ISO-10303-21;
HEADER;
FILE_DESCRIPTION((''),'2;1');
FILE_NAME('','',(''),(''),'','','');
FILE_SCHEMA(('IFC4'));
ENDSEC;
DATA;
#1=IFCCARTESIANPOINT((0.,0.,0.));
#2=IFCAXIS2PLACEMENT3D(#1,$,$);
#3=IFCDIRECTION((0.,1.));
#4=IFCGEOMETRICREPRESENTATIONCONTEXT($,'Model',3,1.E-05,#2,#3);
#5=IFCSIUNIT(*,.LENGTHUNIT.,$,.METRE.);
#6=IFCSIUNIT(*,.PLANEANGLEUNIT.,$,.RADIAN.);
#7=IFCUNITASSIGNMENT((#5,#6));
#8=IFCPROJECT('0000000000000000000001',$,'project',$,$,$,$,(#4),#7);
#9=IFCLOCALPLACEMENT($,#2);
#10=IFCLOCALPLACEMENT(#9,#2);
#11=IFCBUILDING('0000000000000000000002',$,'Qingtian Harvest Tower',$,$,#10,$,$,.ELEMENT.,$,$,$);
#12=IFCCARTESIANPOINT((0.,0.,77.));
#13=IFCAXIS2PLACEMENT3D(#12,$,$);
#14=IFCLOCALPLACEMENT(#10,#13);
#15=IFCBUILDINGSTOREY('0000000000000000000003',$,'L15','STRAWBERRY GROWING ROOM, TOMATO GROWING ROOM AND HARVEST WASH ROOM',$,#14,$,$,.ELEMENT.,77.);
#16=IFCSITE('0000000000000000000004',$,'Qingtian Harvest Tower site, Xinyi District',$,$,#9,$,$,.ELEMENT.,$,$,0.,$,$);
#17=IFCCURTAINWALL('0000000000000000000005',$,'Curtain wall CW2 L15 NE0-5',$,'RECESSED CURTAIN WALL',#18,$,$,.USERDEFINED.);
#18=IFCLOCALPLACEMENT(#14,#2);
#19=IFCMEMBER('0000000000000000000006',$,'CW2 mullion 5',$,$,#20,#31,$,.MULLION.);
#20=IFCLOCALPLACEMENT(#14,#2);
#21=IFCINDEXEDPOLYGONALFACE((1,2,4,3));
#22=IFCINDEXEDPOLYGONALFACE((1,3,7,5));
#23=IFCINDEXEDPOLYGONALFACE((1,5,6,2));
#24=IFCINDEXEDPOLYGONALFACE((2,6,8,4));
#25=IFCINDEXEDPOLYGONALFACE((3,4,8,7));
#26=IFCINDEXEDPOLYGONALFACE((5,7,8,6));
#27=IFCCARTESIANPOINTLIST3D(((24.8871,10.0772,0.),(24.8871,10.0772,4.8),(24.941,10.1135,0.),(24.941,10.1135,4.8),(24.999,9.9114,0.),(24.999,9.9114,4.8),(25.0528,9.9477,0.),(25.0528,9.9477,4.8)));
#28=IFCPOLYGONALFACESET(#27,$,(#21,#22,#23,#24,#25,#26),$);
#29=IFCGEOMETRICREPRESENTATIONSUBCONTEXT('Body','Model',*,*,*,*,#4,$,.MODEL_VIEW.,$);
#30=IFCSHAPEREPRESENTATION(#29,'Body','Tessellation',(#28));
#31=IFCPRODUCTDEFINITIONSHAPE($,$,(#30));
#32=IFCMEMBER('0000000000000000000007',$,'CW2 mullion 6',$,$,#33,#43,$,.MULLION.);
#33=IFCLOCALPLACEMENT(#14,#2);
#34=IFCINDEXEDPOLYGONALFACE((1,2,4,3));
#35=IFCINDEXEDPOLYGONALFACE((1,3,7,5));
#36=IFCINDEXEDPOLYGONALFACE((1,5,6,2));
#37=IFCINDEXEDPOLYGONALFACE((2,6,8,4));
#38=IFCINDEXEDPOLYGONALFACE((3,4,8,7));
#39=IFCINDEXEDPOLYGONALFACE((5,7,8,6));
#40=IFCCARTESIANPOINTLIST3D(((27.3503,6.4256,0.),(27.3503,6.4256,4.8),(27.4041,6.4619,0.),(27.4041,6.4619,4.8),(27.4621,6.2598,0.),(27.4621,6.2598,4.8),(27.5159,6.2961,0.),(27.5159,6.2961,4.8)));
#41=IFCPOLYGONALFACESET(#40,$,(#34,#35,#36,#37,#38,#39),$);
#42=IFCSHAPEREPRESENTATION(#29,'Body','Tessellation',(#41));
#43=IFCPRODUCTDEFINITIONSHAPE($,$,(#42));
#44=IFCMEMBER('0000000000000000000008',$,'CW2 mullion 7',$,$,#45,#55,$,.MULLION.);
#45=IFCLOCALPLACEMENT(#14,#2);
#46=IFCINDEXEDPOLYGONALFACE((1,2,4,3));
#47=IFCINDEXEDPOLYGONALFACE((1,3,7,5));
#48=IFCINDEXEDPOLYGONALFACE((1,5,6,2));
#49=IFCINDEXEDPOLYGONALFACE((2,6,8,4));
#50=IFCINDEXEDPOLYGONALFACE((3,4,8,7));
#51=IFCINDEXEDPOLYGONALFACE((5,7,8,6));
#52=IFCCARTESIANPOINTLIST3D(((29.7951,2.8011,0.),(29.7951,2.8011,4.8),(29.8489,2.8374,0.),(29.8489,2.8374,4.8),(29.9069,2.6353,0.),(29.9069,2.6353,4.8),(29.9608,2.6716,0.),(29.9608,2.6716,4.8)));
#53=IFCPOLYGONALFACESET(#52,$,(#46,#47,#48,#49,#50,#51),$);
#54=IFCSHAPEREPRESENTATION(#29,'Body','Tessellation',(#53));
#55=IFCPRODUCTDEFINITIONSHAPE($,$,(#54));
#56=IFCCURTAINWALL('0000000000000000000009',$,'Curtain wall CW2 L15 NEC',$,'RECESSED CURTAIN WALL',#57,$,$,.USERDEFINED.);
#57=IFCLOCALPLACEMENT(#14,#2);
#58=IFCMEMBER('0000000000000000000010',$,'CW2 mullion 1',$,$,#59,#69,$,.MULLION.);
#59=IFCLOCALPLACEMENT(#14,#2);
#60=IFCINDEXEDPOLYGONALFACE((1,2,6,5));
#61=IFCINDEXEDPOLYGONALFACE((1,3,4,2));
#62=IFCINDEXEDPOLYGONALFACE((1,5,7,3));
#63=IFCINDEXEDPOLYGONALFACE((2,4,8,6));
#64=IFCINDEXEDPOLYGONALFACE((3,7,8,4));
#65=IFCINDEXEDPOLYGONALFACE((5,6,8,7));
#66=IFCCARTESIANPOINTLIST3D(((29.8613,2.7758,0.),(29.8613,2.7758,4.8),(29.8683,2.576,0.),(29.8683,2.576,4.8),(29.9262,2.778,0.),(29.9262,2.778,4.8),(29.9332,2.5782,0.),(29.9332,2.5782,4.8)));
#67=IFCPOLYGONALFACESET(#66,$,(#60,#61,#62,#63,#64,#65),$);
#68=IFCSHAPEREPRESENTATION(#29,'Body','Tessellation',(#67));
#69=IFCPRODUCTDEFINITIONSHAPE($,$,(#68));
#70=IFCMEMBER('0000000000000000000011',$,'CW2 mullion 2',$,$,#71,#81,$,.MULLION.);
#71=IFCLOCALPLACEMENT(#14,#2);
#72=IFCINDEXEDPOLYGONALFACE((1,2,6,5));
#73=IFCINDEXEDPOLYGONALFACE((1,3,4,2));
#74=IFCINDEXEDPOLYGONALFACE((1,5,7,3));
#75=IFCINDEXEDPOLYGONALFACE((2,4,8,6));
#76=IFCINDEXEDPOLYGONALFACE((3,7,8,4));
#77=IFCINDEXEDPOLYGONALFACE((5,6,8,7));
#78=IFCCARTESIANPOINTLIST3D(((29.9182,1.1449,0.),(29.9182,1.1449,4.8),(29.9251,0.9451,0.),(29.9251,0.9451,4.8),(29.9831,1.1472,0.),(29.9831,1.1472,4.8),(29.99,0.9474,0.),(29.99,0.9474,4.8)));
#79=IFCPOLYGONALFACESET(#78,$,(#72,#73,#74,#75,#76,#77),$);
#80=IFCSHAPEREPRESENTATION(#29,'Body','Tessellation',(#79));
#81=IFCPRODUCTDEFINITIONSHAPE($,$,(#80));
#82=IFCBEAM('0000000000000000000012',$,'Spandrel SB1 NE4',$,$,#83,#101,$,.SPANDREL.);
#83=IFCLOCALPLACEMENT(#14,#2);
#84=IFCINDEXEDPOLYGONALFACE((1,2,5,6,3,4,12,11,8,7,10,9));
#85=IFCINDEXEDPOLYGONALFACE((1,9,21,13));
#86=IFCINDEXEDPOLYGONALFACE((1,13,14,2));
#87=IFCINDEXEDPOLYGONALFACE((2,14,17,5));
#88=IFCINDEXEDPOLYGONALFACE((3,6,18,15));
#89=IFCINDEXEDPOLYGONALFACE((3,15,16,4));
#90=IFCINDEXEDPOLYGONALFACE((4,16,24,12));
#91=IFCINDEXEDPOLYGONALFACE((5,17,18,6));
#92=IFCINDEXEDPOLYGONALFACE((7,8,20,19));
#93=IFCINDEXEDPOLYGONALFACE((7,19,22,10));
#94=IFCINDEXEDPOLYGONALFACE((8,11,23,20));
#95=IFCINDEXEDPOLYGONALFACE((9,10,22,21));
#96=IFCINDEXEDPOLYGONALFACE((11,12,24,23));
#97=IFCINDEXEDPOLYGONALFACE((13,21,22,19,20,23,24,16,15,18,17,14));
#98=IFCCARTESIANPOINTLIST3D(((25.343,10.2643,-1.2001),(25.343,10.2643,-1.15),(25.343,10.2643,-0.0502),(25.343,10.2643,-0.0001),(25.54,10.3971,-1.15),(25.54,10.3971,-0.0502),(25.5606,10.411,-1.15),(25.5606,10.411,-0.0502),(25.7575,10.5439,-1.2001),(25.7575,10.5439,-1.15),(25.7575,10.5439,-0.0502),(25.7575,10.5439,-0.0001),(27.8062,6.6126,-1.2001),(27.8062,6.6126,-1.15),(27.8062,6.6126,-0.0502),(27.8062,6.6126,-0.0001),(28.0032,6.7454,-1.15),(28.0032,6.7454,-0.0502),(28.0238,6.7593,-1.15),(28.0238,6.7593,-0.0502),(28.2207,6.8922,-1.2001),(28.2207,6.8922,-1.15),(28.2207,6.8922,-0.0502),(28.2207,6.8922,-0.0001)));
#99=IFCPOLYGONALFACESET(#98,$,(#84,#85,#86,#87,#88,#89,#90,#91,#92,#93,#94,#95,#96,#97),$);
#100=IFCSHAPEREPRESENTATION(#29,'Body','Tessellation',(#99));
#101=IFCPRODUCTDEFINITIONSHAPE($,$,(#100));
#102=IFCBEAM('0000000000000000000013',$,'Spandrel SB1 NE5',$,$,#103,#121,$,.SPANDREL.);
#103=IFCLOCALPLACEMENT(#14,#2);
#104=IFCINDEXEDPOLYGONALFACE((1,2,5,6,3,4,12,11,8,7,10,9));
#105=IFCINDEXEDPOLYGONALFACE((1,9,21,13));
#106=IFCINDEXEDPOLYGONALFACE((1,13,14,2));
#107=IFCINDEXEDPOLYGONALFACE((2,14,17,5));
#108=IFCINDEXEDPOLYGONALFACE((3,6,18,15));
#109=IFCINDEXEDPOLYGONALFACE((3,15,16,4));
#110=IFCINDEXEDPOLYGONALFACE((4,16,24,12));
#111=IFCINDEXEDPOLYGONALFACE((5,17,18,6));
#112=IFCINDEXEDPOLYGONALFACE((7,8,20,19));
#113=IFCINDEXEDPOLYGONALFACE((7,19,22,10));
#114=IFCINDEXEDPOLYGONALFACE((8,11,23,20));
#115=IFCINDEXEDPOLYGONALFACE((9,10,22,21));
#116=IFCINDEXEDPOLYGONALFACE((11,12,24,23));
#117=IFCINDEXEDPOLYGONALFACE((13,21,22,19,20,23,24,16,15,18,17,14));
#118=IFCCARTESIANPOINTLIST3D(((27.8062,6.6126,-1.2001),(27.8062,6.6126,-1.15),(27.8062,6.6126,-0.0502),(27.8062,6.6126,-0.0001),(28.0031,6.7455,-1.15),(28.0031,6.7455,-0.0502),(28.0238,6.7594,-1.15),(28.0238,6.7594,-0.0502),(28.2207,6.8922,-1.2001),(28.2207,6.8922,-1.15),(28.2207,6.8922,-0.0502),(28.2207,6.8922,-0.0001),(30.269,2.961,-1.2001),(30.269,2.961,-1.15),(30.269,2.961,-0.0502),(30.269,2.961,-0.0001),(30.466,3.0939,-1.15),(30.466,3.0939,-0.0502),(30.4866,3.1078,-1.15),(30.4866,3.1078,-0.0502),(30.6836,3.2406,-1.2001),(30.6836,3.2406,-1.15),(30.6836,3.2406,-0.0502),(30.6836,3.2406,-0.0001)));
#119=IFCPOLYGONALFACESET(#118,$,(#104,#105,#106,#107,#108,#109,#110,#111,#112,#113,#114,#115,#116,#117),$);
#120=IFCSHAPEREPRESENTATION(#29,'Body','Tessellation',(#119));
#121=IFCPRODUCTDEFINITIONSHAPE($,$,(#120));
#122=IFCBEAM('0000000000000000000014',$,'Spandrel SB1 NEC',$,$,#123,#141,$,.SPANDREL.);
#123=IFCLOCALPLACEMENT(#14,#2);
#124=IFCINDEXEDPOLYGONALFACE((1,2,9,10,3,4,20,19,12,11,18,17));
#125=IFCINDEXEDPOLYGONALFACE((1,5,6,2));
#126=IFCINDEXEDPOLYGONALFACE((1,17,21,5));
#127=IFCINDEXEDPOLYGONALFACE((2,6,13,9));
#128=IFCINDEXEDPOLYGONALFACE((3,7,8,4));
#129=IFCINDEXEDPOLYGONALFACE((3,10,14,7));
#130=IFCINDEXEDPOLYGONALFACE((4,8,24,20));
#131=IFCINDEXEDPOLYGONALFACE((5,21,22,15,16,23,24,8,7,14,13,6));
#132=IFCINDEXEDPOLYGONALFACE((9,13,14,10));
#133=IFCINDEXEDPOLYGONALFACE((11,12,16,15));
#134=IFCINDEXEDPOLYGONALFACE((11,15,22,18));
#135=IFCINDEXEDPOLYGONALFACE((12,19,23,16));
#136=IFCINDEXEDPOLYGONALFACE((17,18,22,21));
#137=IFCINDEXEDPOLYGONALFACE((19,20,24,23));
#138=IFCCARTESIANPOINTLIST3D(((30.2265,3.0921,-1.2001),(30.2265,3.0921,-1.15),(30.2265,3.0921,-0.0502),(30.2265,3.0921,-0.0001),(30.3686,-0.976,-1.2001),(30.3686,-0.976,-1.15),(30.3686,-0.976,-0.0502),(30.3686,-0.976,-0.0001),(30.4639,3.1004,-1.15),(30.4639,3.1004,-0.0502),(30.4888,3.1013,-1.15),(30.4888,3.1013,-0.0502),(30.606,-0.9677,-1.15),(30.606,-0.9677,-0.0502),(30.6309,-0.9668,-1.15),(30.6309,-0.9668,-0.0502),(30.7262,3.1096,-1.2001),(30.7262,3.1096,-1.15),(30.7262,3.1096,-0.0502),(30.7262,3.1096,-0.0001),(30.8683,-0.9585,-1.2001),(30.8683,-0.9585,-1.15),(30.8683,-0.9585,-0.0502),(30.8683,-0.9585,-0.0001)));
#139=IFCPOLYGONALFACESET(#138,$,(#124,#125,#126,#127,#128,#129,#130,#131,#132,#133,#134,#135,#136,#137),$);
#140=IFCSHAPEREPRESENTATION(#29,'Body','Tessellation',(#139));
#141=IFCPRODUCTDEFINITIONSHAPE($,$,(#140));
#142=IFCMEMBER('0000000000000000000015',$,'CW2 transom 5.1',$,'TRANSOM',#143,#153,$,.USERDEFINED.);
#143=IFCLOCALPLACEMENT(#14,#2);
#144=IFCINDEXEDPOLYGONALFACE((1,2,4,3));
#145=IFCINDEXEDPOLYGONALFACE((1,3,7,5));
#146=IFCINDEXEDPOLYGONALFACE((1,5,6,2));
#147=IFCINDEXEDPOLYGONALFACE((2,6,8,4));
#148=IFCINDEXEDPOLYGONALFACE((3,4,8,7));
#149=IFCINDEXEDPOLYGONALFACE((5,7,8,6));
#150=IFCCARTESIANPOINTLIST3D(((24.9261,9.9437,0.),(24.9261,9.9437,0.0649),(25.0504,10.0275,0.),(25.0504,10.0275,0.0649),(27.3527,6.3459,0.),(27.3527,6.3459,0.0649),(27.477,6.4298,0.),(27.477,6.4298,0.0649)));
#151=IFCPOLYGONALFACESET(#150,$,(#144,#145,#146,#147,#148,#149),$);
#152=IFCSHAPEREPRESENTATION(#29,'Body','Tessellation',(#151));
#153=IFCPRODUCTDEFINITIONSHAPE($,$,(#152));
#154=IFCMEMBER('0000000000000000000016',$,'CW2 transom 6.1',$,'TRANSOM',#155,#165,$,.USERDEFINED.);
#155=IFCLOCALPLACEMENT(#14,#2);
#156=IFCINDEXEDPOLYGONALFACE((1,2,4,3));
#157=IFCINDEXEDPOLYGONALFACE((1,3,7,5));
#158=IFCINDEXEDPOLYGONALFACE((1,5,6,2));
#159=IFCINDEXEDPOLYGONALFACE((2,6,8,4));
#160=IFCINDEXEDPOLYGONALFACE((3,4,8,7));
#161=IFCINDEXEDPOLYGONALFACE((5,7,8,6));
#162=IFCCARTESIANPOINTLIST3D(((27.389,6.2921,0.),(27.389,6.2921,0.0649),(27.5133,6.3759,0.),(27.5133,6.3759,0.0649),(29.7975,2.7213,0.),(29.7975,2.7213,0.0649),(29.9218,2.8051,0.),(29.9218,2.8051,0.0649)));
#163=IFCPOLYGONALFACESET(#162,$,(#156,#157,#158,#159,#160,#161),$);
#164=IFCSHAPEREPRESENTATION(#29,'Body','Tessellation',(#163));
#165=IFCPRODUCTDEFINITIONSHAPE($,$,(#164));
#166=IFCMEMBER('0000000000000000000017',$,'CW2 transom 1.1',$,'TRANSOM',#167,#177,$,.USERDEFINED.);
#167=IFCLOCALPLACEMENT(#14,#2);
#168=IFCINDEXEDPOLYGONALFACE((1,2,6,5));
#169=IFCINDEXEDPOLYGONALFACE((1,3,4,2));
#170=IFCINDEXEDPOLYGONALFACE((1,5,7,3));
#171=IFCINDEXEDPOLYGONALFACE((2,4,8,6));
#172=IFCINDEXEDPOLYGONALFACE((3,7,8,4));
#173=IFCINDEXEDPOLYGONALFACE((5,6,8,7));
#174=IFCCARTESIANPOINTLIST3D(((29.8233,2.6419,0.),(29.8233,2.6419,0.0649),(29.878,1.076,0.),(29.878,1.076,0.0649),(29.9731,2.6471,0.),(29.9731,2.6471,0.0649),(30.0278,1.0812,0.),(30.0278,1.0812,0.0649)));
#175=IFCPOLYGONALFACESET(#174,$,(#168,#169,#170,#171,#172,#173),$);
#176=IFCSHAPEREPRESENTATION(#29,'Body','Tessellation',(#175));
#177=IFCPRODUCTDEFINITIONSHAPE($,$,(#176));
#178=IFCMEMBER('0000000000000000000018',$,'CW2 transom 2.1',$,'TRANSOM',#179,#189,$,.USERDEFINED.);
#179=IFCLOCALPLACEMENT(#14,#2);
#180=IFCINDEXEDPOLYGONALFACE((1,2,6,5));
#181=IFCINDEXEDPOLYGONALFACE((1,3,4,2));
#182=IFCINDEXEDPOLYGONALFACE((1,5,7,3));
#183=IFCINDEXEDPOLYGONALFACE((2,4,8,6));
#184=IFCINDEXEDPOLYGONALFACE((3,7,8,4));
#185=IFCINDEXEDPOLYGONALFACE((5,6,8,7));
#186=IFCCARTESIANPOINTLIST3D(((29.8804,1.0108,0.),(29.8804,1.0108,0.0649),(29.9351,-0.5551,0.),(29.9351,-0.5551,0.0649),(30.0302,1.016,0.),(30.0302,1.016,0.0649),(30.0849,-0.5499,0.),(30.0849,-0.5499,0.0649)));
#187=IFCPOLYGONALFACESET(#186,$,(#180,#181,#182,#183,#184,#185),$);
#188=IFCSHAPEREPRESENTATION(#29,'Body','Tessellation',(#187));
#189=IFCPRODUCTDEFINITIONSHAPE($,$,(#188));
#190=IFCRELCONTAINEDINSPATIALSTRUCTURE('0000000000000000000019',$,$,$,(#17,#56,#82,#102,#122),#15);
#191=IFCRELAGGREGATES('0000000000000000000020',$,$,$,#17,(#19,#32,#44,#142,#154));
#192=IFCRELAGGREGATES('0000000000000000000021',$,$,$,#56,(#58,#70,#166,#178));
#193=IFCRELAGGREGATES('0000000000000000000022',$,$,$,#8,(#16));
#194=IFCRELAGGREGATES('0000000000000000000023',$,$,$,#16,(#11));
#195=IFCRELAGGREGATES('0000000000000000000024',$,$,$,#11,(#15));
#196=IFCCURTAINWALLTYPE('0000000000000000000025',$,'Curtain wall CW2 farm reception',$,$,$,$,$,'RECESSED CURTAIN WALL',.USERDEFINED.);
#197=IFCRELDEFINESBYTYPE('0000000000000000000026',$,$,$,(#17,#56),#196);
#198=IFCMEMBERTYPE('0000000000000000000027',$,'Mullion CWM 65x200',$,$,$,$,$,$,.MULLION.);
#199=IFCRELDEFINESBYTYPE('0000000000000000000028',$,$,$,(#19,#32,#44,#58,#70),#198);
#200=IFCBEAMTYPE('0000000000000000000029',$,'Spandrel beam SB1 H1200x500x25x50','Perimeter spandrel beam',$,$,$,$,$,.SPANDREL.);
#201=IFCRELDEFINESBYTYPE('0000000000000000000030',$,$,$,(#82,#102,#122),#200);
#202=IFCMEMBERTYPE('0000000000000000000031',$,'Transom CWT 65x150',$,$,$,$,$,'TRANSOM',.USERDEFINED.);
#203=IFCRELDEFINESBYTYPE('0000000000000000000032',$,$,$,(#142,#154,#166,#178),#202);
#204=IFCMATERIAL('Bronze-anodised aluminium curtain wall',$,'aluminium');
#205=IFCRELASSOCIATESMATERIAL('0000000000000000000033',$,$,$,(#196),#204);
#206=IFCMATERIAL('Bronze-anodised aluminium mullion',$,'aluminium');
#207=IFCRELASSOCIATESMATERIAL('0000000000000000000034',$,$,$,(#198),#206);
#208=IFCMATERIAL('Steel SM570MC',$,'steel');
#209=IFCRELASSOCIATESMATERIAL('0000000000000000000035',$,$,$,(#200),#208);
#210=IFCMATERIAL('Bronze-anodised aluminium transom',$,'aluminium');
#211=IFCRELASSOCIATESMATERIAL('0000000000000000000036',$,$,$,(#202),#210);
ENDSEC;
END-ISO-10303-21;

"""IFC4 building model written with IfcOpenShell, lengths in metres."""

from ifc_helpers import new_model, si_unit, direction, frame, origin, origin_2d, place, context, subcontext, project, spatial, rectangle, i_section, extrude, material, material_profile, profile_set, type_object, element, aggregate, save


model = new_model("IFC4")

# Units and contexts
model_context = context("Model", 3, precision=1e-05, world=origin(), true_north=direction((0.0, 1.0)))
body_context = subcontext(model_context, "Body", "Model", "MODEL_VIEW")
ifc_project = project(units=[si_unit("LENGTHUNIT", "METRE"), si_unit("PLANEANGLEUNIT", "RADIAN")], contexts=[model_context])

# Site, building, storey
site_placement = place(None, origin())
site = spatial("IfcSite", under=ifc_project, at=site_placement, Name="Qingtian Harvest Tower site, Xinyi District", CompositionType="ELEMENT", RefElevation=0.0)
building_placement = place(site_placement, origin())
building = spatial("IfcBuilding", under=site, at=building_placement, Name="Qingtian Harvest Tower", CompositionType="ELEMENT")
storey_placement = place(building_placement, frame((0.0, 0.0, 77.0)))
storey = spatial("IfcBuildingStorey", under=building, at=storey_placement, Name="L15", Description="STRAWBERRY GROWING ROOM, TOMATO GROWING ROOM AND HARVEST WASH ROOM", CompositionType="ELEMENT", Elevation=77.0)

# Curtain walls, members
ifc_material_1 = material(Name="Bronze-anodised aluminium curtain wall", Category="aluminium")
curtain_wall_type = type_object("IfcCurtainWallType", Name="Curtain wall CW2 farm reception", ElementType="RECESSED CURTAIN WALL", PredefinedType="USERDEFINED", material=ifc_material_1)
curtain_wall_1_placement = place(storey_placement, origin())
curtain_wall_1 = element("IfcCurtainWall", 1, at=curtain_wall_1_placement, inside=storey, type_object=curtain_wall_type, Name="Curtain wall CW2 L15 NE0-5", ObjectType="RECESSED CURTAIN WALL", PredefinedType="USERDEFINED")
ifc_material_2 = material(Name="Bronze-anodised aluminium mullion", Category="aluminium")
ifc_material_profile_1 = material_profile(ifc_material_2, rectangle(XDim=0.0649, YDim=0.2, at=origin_2d()), Name="AL 65x200")
ifc_profile_set_1 = profile_set([ifc_material_profile_1], Name="Bronze-anodised aluminium mullion")
member_type_1 = type_object("IfcMemberType", Name="Mullion CWM 65x200", PredefinedType="MULLION", material=ifc_profile_set_1)
member_1_placement = place(storey_placement, frame((24.97, 10.0125, 0.0), z_axis=(0.0, 0.0, 1.0), x_axis=(0.829038, 0.559193, 0.0)))
member_1 = element("IfcMember", 2, at=member_1_placement, type_object=member_type_1, Name="CW2 mullion 5", PredefinedType="MULLION", context=body_context, shape_type="SweptSolid", body=[
    extrude(rectangle(XDim=0.0649, YDim=0.2, at=origin_2d()), origin(), (0.0, 0.0, 1.0), 4.8),
])
member_2_placement = place(storey_placement, frame((27.4331, 6.3608, 0.0), z_axis=(0.0, 0.0, 1.0), x_axis=(0.829038, 0.559193, 0.0)))
member_2 = element("IfcMember", 3, at=member_2_placement, type_object=member_type_1, Name="CW2 mullion 6", PredefinedType="MULLION", context=body_context, shape_type="SweptSolid", body=[
    extrude(rectangle(XDim=0.0649, YDim=0.2, at=origin_2d()), origin(), (0.0, 0.0, 1.0), 4.8),
])
member_3_placement = place(storey_placement, frame((29.8779, 2.7363, 0.0), z_axis=(0.0, 0.0, 1.0), x_axis=(0.829038, 0.559193, 0.0)))
member_3 = element("IfcMember", 4, at=member_3_placement, type_object=member_type_1, Name="CW2 mullion 7", PredefinedType="MULLION", context=body_context, shape_type="SweptSolid", body=[
    extrude(rectangle(XDim=0.0649, YDim=0.2, at=origin_2d()), origin(), (0.0, 0.0, 1.0), 4.8),
])
curtain_wall_2_placement = place(storey_placement, origin())
curtain_wall_2 = element("IfcCurtainWall", 5, at=curtain_wall_2_placement, inside=storey, type_object=curtain_wall_type, Name="Curtain wall CW2 L15 NEC", ObjectType="RECESSED CURTAIN WALL", PredefinedType="USERDEFINED")
member_4_placement = place(storey_placement, frame((29.8972, 2.677, 0.0), z_axis=(0.0, 0.0, 1.0), x_axis=(0.999391, 0.034899, 0.0)))
member_4 = element("IfcMember", 6, at=member_4_placement, type_object=member_type_1, Name="CW2 mullion 1", PredefinedType="MULLION", context=body_context, shape_type="SweptSolid", body=[
    extrude(rectangle(XDim=0.0649, YDim=0.2, at=origin_2d()), origin(), (0.0, 0.0, 1.0), 4.8),
])
member_5_placement = place(storey_placement, frame((29.9541, 1.0461, 0.0), z_axis=(0.0, 0.0, 1.0), x_axis=(0.999391, 0.034899, 0.0)))
member_5 = element("IfcMember", 7, at=member_5_placement, type_object=member_type_1, Name="CW2 mullion 2", PredefinedType="MULLION", context=body_context, shape_type="SweptSolid", body=[
    extrude(rectangle(XDim=0.0649, YDim=0.2, at=origin_2d()), origin(), (0.0, 0.0, 1.0), 4.8),
])

# Beams
ifc_material_3 = material(Name="Steel SM570MC", Category="steel")
ifc_material_profile_2 = material_profile(ifc_material_3, i_section(OverallWidth=0.5, OverallDepth=1.2, WebThickness=0.0249, FlangeThickness=0.05, at=origin_2d()), Name="H1200x500x25x50")
ifc_profile_set_2 = profile_set([ifc_material_profile_2], Name="Steel SM570MC")
beam_type_1 = type_object("IfcBeamType", Name="Spandrel beam SB1 H1200x500x25x50", Description="Perimeter spandrel beam", PredefinedType="SPANDREL", material=ifc_profile_set_2)
beam_1_placement = place(storey_placement, frame((25.5503, 10.4041, -0.6001), z_axis=(0.559207, -0.829028, 0.0), x_axis=(0.829028, 0.559207, 0.0)))
element("IfcBeam", 8, at=beam_1_placement, inside=storey, type_object=beam_type_1, Name="Spandrel SB1 NE4", PredefinedType="SPANDREL", context=body_context, shape_type="SweptSolid", body=[
    extrude(i_section(OverallWidth=0.5, OverallDepth=1.2, WebThickness=0.0249, FlangeThickness=0.05, at=origin_2d()), origin(), (0.0, 0.0, 1.0), 4.4048),
])
beam_2_placement = place(storey_placement, frame((28.0134, 6.7524, -0.6001), z_axis=(0.559169, -0.829054, 0.0), x_axis=(0.829054, 0.559169, 0.0)))
element("IfcBeam", 9, at=beam_2_placement, inside=storey, type_object=beam_type_1, Name="Spandrel SB1 NE5", PredefinedType="SPANDREL", context=body_context, shape_type="SweptSolid", body=[
    extrude(i_section(OverallWidth=0.5, OverallDepth=1.2, WebThickness=0.0249, FlangeThickness=0.05, at=origin_2d()), origin(), (0.0, 0.0, 1.0), 4.4045),
])
beam_3_placement = place(storey_placement, frame((30.4763, 3.1008, -0.6001), z_axis=(0.034906, -0.999391, 0.0), x_axis=(0.999391, 0.034906, 0.0)))
element("IfcBeam", 10, at=beam_3_placement, inside=storey, type_object=beam_type_1, Name="Spandrel SB1 NEC", PredefinedType="SPANDREL", context=body_context, shape_type="SweptSolid", body=[
    extrude(i_section(OverallWidth=0.5, OverallDepth=1.2, WebThickness=0.0249, FlangeThickness=0.05, at=origin_2d()), origin(), (0.0, 0.0, 1.0), 4.0706),
])

# Members
ifc_material_4 = material(Name="Bronze-anodised aluminium transom", Category="aluminium")
ifc_material_profile_3 = material_profile(ifc_material_4, rectangle(XDim=0.1499, YDim=0.0649, at=origin_2d()), Name="AL 65x150")
ifc_profile_set_3 = profile_set([ifc_material_profile_3], Name="Bronze-anodised aluminium transom")
member_type_2 = type_object("IfcMemberType", Name="Transom CWT 65x150", ElementType="TRANSOM", PredefinedType="USERDEFINED", material=ifc_profile_set_3)
member_6_placement = place(storey_placement, frame((24.9883, 9.9856, 0.0325), z_axis=(0.559171, -0.829052, 0.0), x_axis=(0.829052, 0.559171, 0.0)))
member_6 = element("IfcMember", 11, at=member_6_placement, type_object=member_type_2, Name="CW2 transom 5.1", ObjectType="TRANSOM", PredefinedType="USERDEFINED", context=body_context, shape_type="SweptSolid", body=[
    extrude(rectangle(XDim=0.1499, YDim=0.0649, at=origin_2d()), origin(), (0.0, 0.0, 1.0), 4.3396),
])
member_7_placement = place(storey_placement, frame((27.4512, 6.334, 0.0325), z_axis=(0.559179, -0.829047, 0.0), x_axis=(0.829047, 0.559179, 0.0)))
member_7 = element("IfcMember", 12, at=member_7_placement, type_object=member_type_2, Name="CW2 transom 6.1", ObjectType="TRANSOM", PredefinedType="USERDEFINED", context=body_context, shape_type="SweptSolid", body=[
    extrude(rectangle(XDim=0.1499, YDim=0.0649, at=origin_2d()), origin(), (0.0, 0.0, 1.0), 4.3071),
])
member_8_placement = place(storey_placement, frame((29.8982, 2.6445, 0.0325), z_axis=(0.034902, -0.999391, 0.0), x_axis=(0.999391, 0.034902, 0.0)))
member_8 = element("IfcMember", 13, at=member_8_placement, type_object=member_type_2, Name="CW2 transom 1.1", ObjectType="TRANSOM", PredefinedType="USERDEFINED", context=body_context, shape_type="SweptSolid", body=[
    extrude(rectangle(XDim=0.1499, YDim=0.0649, at=origin_2d()), origin(), (0.0, 0.0, 1.0), 1.5669),
])
member_9_placement = place(storey_placement, frame((29.9553, 1.0134, 0.0325), z_axis=(0.034902, -0.999391, 0.0), x_axis=(0.999391, 0.034902, 0.0)))
member_9 = element("IfcMember", 14, at=member_9_placement, type_object=member_type_2, Name="CW2 transom 2.1", ObjectType="TRANSOM", PredefinedType="USERDEFINED", context=body_context, shape_type="SweptSolid", body=[
    extrude(rectangle(XDim=0.1499, YDim=0.0649, at=origin_2d()), origin(), (0.0, 0.0, 1.0), 1.5669),
])

aggregate(curtain_wall_1, [member_1, member_2, member_3, member_6, member_7])
aggregate(curtain_wall_2, [member_4, member_5, member_8, member_9])

save(model, "model.ifc")
